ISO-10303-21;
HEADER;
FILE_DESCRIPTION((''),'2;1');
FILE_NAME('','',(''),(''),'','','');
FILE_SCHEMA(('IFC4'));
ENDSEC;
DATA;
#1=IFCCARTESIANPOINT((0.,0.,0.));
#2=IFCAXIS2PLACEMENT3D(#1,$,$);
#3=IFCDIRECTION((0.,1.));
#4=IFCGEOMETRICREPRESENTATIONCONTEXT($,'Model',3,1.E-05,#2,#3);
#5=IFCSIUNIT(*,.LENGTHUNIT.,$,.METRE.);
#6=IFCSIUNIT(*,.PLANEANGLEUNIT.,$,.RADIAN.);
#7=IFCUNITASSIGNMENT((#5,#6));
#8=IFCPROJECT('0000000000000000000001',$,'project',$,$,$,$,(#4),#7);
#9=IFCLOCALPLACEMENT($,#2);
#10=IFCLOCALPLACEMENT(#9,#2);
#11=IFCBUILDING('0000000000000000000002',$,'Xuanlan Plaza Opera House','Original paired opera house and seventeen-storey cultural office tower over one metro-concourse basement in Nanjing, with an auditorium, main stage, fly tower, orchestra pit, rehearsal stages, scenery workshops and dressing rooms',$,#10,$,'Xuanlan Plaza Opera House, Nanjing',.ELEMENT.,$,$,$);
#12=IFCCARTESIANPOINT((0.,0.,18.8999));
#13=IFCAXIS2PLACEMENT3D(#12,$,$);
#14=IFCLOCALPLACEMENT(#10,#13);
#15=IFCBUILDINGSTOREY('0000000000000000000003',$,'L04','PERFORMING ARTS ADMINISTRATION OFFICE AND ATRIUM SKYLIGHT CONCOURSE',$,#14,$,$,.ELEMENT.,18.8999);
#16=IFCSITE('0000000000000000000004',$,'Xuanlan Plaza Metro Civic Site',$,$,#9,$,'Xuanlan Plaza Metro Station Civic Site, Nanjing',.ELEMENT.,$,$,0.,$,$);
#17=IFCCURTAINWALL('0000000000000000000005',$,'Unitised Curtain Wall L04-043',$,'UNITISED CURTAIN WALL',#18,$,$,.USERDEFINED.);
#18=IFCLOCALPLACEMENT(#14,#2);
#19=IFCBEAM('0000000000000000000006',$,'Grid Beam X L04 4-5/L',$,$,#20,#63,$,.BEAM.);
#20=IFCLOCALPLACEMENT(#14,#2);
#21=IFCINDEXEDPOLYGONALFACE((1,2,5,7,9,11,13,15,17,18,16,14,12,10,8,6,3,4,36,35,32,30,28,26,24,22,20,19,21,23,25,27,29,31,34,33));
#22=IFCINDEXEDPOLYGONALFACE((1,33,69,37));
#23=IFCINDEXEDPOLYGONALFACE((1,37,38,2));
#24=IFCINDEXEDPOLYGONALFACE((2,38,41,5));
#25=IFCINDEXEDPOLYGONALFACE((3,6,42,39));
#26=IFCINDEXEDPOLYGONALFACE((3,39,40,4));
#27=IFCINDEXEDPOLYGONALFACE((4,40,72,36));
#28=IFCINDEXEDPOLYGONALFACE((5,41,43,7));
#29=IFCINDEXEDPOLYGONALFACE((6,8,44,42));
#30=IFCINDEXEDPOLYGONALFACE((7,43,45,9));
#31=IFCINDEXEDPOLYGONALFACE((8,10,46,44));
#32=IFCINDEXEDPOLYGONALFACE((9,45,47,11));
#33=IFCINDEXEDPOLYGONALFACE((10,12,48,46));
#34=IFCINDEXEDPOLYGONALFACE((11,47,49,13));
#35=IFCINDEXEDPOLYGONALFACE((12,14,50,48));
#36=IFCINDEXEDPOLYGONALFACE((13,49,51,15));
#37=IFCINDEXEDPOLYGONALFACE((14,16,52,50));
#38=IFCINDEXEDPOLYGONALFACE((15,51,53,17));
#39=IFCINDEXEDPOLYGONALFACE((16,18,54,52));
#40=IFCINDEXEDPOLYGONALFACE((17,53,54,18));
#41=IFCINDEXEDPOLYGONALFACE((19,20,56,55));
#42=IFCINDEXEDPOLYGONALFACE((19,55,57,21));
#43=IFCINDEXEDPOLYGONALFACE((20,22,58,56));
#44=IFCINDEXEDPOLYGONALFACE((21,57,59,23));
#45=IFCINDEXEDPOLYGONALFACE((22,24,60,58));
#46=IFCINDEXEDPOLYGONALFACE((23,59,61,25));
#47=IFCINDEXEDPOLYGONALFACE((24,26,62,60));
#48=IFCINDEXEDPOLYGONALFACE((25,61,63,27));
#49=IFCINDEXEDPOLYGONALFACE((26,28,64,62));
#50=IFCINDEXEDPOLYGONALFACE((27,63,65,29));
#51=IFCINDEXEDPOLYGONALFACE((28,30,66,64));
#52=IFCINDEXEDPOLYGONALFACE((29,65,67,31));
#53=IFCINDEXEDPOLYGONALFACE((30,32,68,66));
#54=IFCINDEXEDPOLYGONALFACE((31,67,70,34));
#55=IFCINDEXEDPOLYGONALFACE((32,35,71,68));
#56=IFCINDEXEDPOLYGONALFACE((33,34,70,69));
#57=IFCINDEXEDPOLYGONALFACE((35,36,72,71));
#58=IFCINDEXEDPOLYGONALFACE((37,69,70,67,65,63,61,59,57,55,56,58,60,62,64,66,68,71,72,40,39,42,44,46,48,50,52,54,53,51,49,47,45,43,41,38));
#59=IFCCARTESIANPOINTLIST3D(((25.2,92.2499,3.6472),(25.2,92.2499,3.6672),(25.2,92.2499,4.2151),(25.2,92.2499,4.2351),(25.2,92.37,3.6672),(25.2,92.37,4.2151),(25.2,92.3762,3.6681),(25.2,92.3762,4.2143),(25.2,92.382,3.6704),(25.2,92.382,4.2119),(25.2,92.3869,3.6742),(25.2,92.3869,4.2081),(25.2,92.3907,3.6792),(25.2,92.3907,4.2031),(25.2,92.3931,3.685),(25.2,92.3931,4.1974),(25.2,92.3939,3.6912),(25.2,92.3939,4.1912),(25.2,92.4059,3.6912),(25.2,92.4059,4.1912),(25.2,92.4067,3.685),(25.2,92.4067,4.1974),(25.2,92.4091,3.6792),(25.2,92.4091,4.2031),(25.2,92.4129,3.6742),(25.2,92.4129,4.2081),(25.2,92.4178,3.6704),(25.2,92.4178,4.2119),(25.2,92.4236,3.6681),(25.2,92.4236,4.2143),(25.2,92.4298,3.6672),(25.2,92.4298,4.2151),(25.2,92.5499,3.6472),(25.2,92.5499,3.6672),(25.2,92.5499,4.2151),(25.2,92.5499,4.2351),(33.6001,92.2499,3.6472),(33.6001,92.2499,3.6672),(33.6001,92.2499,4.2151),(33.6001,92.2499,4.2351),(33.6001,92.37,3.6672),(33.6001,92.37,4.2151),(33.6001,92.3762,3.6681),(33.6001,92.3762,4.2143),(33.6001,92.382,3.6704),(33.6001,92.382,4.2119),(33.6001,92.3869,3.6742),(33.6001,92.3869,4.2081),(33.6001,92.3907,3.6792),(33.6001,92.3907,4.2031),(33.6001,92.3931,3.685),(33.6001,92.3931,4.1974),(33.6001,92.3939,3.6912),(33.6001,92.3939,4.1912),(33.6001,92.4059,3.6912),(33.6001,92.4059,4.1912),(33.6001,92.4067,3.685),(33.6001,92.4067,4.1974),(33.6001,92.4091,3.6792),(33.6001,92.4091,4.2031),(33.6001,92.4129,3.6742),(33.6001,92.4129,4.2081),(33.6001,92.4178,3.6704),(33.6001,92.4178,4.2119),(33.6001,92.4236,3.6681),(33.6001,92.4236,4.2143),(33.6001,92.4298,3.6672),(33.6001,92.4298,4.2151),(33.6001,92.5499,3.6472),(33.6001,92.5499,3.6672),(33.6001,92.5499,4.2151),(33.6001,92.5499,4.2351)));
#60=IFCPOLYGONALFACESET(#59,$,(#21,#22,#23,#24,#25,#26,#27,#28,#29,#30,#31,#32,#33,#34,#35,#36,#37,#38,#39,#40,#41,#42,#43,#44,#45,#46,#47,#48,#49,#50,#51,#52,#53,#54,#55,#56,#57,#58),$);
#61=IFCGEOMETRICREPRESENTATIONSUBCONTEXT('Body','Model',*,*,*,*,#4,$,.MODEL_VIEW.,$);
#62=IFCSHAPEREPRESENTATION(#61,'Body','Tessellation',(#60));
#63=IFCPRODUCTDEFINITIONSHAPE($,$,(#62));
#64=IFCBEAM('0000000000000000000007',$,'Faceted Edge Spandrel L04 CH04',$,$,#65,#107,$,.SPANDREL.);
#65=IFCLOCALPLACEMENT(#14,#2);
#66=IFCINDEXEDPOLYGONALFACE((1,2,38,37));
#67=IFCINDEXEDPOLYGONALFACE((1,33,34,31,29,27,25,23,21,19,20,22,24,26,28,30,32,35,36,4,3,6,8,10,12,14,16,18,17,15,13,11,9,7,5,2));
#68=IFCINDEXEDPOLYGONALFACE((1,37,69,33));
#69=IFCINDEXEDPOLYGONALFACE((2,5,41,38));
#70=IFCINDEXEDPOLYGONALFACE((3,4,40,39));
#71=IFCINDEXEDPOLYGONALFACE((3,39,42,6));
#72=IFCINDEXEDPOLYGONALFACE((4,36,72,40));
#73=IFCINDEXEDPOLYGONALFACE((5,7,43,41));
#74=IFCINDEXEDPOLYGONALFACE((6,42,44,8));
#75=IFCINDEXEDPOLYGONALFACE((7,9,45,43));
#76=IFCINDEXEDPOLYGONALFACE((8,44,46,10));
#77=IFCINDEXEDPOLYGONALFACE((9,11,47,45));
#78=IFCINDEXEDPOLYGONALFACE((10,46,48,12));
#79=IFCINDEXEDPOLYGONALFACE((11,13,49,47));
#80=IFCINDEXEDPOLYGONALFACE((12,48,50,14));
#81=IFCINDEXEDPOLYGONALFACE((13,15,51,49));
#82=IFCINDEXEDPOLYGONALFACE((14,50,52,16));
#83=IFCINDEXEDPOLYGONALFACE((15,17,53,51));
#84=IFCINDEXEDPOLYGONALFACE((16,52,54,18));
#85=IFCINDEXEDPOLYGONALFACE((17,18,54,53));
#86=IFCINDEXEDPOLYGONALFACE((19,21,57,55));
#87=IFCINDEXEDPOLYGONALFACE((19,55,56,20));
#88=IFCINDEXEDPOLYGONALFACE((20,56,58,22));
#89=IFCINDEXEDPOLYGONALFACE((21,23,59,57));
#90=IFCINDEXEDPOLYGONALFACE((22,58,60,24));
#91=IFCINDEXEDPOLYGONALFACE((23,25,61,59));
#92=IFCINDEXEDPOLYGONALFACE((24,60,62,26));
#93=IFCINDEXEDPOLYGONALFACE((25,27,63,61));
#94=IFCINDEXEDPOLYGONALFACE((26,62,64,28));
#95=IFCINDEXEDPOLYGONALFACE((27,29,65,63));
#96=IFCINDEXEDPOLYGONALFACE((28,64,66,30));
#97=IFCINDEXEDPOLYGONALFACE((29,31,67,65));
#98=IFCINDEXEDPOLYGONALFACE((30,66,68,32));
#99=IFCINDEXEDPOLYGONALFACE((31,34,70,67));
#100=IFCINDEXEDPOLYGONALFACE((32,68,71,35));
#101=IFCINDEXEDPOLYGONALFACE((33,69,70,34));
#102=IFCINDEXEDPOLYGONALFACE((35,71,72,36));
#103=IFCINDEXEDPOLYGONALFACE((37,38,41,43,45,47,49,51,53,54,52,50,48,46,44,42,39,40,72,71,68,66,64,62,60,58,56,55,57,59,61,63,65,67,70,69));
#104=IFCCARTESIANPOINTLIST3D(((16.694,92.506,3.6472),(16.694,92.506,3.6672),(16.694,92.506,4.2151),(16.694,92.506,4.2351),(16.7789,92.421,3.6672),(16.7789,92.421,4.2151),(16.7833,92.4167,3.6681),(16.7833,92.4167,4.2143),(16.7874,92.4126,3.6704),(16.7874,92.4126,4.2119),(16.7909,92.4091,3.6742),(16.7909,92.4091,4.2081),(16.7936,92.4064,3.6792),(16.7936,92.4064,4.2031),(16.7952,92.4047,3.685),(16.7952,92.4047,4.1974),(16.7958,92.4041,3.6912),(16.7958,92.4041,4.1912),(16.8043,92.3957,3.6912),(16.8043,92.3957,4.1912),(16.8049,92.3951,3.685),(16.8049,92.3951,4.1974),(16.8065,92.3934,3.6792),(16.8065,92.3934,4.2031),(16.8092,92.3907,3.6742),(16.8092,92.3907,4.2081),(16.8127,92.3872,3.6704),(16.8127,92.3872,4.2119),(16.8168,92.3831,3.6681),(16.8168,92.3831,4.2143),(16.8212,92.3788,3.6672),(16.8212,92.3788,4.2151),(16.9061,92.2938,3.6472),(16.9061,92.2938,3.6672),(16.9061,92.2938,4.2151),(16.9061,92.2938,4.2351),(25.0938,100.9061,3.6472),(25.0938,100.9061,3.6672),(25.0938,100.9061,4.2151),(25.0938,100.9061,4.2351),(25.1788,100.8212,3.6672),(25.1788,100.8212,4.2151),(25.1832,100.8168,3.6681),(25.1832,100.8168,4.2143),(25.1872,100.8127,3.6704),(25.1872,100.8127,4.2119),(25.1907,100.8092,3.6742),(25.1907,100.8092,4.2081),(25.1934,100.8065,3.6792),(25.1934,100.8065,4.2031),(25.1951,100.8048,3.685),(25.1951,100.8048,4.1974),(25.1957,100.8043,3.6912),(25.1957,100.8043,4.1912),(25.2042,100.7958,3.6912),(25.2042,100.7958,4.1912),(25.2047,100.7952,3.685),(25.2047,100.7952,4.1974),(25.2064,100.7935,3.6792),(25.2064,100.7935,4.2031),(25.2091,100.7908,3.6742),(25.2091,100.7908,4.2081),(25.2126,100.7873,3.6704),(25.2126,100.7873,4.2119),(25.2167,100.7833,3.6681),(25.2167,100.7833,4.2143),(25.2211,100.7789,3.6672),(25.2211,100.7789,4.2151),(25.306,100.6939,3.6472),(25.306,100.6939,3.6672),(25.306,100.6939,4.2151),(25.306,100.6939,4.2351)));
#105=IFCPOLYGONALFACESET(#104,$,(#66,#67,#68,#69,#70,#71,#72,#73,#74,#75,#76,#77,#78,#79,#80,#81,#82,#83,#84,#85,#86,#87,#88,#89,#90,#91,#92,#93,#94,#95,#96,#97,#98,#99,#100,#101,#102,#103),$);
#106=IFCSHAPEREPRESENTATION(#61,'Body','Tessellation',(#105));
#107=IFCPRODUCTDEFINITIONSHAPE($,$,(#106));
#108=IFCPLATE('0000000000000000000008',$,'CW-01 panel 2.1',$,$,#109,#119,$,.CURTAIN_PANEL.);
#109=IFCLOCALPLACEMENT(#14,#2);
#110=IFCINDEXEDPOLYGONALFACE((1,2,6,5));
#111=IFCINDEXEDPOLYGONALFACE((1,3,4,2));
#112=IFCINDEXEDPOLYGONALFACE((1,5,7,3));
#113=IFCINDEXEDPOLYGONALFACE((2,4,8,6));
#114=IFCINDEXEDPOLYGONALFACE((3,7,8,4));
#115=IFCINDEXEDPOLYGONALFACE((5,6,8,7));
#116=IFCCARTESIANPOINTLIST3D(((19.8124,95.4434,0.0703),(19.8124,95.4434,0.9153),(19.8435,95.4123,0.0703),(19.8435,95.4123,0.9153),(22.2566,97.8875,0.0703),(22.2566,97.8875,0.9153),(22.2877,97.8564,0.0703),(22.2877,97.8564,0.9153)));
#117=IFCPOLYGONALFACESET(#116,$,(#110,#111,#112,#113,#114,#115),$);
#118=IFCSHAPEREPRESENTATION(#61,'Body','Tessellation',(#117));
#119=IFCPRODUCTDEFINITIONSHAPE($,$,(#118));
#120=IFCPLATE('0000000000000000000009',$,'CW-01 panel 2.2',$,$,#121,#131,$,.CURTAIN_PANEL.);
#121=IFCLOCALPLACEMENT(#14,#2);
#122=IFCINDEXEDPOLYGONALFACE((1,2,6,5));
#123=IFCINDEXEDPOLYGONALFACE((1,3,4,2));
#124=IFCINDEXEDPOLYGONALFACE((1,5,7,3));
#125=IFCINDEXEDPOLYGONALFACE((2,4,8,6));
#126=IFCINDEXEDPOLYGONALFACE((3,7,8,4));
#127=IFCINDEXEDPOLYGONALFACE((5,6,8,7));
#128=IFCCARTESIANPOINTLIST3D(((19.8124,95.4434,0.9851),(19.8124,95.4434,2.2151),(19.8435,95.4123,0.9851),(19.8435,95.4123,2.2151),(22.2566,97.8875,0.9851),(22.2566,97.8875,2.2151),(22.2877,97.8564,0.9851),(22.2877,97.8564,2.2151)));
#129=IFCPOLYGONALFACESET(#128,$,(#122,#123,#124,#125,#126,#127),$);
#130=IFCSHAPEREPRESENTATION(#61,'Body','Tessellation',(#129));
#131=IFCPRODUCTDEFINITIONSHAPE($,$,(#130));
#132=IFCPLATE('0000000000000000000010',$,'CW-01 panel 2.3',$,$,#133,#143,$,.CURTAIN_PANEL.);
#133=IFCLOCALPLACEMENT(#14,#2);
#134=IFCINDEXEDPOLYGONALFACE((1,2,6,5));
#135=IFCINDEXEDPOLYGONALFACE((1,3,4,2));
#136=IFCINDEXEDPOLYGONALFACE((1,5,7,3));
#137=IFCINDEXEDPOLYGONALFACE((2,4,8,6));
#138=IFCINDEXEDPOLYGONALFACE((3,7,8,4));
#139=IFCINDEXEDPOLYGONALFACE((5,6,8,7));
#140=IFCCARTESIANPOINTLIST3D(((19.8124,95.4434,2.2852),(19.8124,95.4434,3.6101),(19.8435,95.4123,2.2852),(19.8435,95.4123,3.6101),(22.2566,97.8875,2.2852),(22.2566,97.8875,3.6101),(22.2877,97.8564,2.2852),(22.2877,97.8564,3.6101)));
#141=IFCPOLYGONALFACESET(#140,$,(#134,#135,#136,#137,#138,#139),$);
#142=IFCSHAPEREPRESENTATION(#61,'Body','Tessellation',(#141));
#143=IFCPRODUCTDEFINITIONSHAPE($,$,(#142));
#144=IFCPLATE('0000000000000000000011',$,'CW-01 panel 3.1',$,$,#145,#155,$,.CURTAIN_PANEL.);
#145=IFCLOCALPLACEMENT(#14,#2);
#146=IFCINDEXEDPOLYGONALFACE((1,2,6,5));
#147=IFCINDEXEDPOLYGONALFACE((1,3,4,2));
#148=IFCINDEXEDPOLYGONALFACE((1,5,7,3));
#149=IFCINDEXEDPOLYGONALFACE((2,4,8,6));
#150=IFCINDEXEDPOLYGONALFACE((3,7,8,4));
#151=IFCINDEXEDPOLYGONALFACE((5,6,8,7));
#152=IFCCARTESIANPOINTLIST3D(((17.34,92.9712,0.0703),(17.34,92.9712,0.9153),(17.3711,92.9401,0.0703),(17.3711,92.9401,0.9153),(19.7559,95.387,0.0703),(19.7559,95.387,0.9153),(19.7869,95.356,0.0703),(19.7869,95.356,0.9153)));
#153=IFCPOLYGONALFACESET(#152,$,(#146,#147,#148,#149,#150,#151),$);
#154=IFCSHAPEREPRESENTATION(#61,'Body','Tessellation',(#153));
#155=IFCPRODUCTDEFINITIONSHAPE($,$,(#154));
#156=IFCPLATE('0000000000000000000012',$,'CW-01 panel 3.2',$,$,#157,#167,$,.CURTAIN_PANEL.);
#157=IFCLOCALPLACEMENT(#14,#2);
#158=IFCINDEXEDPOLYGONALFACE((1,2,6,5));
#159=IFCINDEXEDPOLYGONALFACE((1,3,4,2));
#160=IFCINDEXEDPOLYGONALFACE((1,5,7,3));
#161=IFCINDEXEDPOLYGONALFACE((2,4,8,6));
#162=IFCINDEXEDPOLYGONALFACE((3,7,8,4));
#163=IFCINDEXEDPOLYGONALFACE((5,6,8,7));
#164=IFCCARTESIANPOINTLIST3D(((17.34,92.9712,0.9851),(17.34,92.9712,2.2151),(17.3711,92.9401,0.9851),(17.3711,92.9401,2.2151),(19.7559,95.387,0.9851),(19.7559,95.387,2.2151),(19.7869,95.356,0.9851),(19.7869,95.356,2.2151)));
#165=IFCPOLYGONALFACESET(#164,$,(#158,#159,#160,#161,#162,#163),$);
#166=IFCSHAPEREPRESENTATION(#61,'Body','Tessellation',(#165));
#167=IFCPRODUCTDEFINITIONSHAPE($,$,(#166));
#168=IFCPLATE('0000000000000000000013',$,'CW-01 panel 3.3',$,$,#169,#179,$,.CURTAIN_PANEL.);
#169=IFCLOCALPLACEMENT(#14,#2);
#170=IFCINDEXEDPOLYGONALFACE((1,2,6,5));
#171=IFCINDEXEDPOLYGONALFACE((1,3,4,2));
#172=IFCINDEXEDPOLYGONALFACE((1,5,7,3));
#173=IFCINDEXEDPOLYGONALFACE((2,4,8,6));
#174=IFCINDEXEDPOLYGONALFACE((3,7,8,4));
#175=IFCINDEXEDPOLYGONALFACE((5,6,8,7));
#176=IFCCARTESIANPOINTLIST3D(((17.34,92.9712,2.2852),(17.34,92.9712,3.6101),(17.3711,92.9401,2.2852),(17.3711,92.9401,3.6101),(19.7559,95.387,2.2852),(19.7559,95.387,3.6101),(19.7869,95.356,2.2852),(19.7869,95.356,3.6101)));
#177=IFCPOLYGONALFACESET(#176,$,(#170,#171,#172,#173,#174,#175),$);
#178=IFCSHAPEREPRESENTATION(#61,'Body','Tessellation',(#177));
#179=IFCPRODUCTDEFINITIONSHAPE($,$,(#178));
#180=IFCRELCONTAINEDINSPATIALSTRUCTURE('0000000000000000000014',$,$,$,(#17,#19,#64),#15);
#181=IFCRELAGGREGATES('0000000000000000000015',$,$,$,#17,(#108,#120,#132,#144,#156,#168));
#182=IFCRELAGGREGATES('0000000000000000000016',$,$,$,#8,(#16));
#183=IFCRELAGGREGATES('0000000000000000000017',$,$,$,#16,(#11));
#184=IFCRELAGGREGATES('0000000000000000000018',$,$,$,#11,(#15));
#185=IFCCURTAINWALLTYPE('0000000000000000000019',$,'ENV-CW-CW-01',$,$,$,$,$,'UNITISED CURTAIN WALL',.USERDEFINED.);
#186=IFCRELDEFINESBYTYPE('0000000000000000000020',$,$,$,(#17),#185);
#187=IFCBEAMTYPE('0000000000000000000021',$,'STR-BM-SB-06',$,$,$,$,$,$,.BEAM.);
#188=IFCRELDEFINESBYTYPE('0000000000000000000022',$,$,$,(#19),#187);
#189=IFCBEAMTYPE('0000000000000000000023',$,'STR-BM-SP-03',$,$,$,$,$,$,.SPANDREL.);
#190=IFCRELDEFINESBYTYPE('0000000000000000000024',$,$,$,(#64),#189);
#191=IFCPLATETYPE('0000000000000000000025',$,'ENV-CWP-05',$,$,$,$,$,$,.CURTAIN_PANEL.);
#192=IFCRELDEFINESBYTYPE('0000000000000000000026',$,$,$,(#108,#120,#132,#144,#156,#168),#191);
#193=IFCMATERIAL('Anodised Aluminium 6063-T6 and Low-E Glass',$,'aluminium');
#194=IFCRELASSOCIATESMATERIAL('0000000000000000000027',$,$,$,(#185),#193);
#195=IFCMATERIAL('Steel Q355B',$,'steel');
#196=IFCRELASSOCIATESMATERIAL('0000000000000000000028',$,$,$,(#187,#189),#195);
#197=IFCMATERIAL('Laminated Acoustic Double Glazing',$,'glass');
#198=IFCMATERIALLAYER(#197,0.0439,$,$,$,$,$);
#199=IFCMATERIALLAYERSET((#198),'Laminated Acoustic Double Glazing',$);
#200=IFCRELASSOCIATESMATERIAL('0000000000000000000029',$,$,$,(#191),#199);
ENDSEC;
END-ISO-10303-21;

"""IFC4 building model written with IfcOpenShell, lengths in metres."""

from ifc_helpers import new_model, si_unit, direction, frame, origin, origin_2d, place, context, subcontext, project, spatial, rectangle, i_section, extrude, material, layer, layer_set, material_profile, profile_set, type_object, element, aggregate, save


model = new_model("IFC4")

# Units and contexts
model_context = context("Model", 3, precision=1e-05, world=origin(), true_north=direction((0.0, 1.0)))
body_context = subcontext(model_context, "Body", "Model", "MODEL_VIEW")
ifc_project = project(units=[si_unit("LENGTHUNIT", "METRE"), si_unit("PLANEANGLEUNIT", "RADIAN")], contexts=[model_context])

# Site, building, storey
site_placement = place(None, origin())
site = spatial("IfcSite", under=ifc_project, at=site_placement, Name="Xuanlan Plaza Metro Civic Site", LongName="Xuanlan Plaza Metro Station Civic Site, Nanjing", CompositionType="ELEMENT", RefElevation=0.0)
building_placement = place(site_placement, origin())
building = spatial("IfcBuilding", under=site, at=building_placement, Name="Xuanlan Plaza Opera House", Description="Original paired opera house and seventeen-storey cultural office tower over one metro-concourse basement in Nanjing, with an auditorium, main stage, fly tower, orchestra pit, rehearsal stages, scenery workshops and dressing rooms", LongName="Xuanlan Plaza Opera House, Nanjing", CompositionType="ELEMENT")
storey_placement = place(building_placement, frame((0.0, 0.0, 18.8999)))
storey = spatial("IfcBuildingStorey", under=building, at=storey_placement, Name="L04", Description="PERFORMING ARTS ADMINISTRATION OFFICE AND ATRIUM SKYLIGHT CONCOURSE", CompositionType="ELEMENT", Elevation=18.8999)

# Curtain wall
ifc_material_1 = material(Name="Anodised Aluminium 6063-T6 and Low-E Glass", Category="aluminium")
curtain_wall_type = type_object("IfcCurtainWallType", Name="ENV-CW-CW-01", ElementType="UNITISED CURTAIN WALL", PredefinedType="USERDEFINED", material=ifc_material_1)
curtain_wall_placement = place(storey_placement, origin())
curtain_wall = element("IfcCurtainWall", 1, at=curtain_wall_placement, inside=storey, type_object=curtain_wall_type, Name="Unitised Curtain Wall L04-043", ObjectType="UNITISED CURTAIN WALL", PredefinedType="USERDEFINED")

# Beams
ifc_material_2 = material(Name="Steel Q355B", Category="steel")
ifc_material_profile_1 = material_profile(ifc_material_2, i_section(OverallWidth=0.3, OverallDepth=0.5879, WebThickness=0.012, FlangeThickness=0.02, FilletRadius=0.0239, at=origin_2d()), Name="HM 588x300x12x20")
ifc_profile_set_1 = profile_set([ifc_material_profile_1], Name="Steel Q355B")
beam_type_1 = type_object("IfcBeamType", Name="STR-BM-SB-06", PredefinedType="BEAM", material=ifc_profile_set_1)
beam_1_placement = place(storey_placement, frame((25.2, 92.3999, 3.9412), z_axis=(1.0, 0.0, 0.0), x_axis=(0.0, 1.0, 0.0)))
element("IfcBeam", 2, at=beam_1_placement, inside=storey, type_object=beam_type_1, Name="Grid Beam X L04 4-5/L", PredefinedType="BEAM", context=body_context, shape_type="SweptSolid", body=[
    extrude(i_section(OverallWidth=0.3, OverallDepth=0.5879, WebThickness=0.012, FlangeThickness=0.02, FilletRadius=0.0239, at=origin_2d()), origin(), (0.0, 0.0, 1.0), 8.4001),
])
ifc_material_profile_2 = material_profile(ifc_material_2, i_section(OverallWidth=0.3, OverallDepth=0.5879, WebThickness=0.012, FlangeThickness=0.02, FilletRadius=0.0239, at=origin_2d()), Name="HM 588x300x12x20")
ifc_profile_set_2 = profile_set([ifc_material_profile_2], Name="Steel Q355B")
beam_type_2 = type_object("IfcBeamType", Name="STR-BM-SP-03", PredefinedType="SPANDREL", material=ifc_profile_set_2)
beam_2_placement = place(storey_placement, frame((16.8, 92.3999, 3.9412), z_axis=(0.707097, 0.707117, 0.0), x_axis=(-0.707117, 0.707097, 0.0)))
element("IfcBeam", 3, at=beam_2_placement, inside=storey, type_object=beam_type_2, Name="Faceted Edge Spandrel L04 CH04", PredefinedType="SPANDREL", context=body_context, shape_type="SweptSolid", body=[
    extrude(i_section(OverallWidth=0.3, OverallDepth=0.5879, WebThickness=0.012, FlangeThickness=0.02, FilletRadius=0.0239, at=origin_2d()), origin(), (0.0, 0.0, 1.0), 11.8794),
])

# Plates
ifc_material_3 = material(Name="Laminated Acoustic Double Glazing", Category="glass")
ifc_layer_1 = layer(ifc_material_3, 0.0439)
ifc_layer_set_1 = layer_set([ifc_layer_1], Name="Laminated Acoustic Double Glazing")
plate_type = type_object("IfcPlateType", Name="ENV-CWP-05", PredefinedType="CURTAIN_PANEL", material=ifc_layer_set_1)
plate_1_placement = place(storey_placement, frame((21.05, 96.6499, 0.0703), z_axis=(0.0, 0.0, 1.0), x_axis=(-0.707107, -0.707107, 0.0)))
plate_1 = element("IfcPlate", 4, at=plate_1_placement, type_object=plate_type, Name="CW-01 panel 2.1", PredefinedType="CURTAIN_PANEL", context=body_context, shape_type="SweptSolid", body=[
    extrude(rectangle(XDim=3.4565, YDim=0.0439, at=origin_2d()), origin(), (0.0, 0.0, 1.0), 0.845),
])
plate_2_placement = place(storey_placement, frame((21.05, 96.6499, 0.9851), z_axis=(0.0, 0.0, 1.0), x_axis=(-0.707107, -0.707107, 0.0)))
plate_2 = element("IfcPlate", 5, at=plate_2_placement, type_object=plate_type, Name="CW-01 panel 2.2", PredefinedType="CURTAIN_PANEL", context=body_context, shape_type="SweptSolid", body=[
    extrude(rectangle(XDim=3.4565, YDim=0.0439, at=origin_2d()), origin(), (0.0, 0.0, 1.0), 1.23),
])
plate_3_placement = place(storey_placement, frame((21.05, 96.6499, 2.2852), z_axis=(0.0, 0.0, 1.0), x_axis=(-0.707107, -0.707107, 0.0)))
plate_3 = element("IfcPlate", 6, at=plate_3_placement, type_object=plate_type, Name="CW-01 panel 2.3", PredefinedType="CURTAIN_PANEL", context=body_context, shape_type="SweptSolid", body=[
    extrude(rectangle(XDim=3.4565, YDim=0.0439, at=origin_2d()), origin(), (0.0, 0.0, 1.0), 1.325),
])
plate_4_placement = place(storey_placement, frame((18.5635, 94.1636, 0.0703), z_axis=(0.0, 0.0, 1.0), x_axis=(-0.707107, -0.707107, 0.0)))
plate_4 = element("IfcPlate", 7, at=plate_4_placement, type_object=plate_type, Name="CW-01 panel 3.1", PredefinedType="CURTAIN_PANEL", context=body_context, shape_type="SweptSolid", body=[
    extrude(rectangle(XDim=3.4165, YDim=0.0439, at=origin_2d()), origin(), (0.0, 0.0, 1.0), 0.845),
])
plate_5_placement = place(storey_placement, frame((18.5635, 94.1636, 0.9851), z_axis=(0.0, 0.0, 1.0), x_axis=(-0.707107, -0.707107, 0.0)))
plate_5 = element("IfcPlate", 8, at=plate_5_placement, type_object=plate_type, Name="CW-01 panel 3.2", PredefinedType="CURTAIN_PANEL", context=body_context, shape_type="SweptSolid", body=[
    extrude(rectangle(XDim=3.4165, YDim=0.0439, at=origin_2d()), origin(), (0.0, 0.0, 1.0), 1.23),
])
plate_6_placement = place(storey_placement, frame((18.5635, 94.1636, 2.2852), z_axis=(0.0, 0.0, 1.0), x_axis=(-0.707107, -0.707107, 0.0)))
plate_6 = element("IfcPlate", 9, at=plate_6_placement, type_object=plate_type, Name="CW-01 panel 3.3", PredefinedType="CURTAIN_PANEL", context=body_context, shape_type="SweptSolid", body=[
    extrude(rectangle(XDim=3.4165, YDim=0.0439, at=origin_2d()), origin(), (0.0, 0.0, 1.0), 1.325),
])
aggregate(curtain_wall, [plate_1, plate_2, plate_3, plate_4, plate_5, plate_6])

save(model, "model.ifc")
